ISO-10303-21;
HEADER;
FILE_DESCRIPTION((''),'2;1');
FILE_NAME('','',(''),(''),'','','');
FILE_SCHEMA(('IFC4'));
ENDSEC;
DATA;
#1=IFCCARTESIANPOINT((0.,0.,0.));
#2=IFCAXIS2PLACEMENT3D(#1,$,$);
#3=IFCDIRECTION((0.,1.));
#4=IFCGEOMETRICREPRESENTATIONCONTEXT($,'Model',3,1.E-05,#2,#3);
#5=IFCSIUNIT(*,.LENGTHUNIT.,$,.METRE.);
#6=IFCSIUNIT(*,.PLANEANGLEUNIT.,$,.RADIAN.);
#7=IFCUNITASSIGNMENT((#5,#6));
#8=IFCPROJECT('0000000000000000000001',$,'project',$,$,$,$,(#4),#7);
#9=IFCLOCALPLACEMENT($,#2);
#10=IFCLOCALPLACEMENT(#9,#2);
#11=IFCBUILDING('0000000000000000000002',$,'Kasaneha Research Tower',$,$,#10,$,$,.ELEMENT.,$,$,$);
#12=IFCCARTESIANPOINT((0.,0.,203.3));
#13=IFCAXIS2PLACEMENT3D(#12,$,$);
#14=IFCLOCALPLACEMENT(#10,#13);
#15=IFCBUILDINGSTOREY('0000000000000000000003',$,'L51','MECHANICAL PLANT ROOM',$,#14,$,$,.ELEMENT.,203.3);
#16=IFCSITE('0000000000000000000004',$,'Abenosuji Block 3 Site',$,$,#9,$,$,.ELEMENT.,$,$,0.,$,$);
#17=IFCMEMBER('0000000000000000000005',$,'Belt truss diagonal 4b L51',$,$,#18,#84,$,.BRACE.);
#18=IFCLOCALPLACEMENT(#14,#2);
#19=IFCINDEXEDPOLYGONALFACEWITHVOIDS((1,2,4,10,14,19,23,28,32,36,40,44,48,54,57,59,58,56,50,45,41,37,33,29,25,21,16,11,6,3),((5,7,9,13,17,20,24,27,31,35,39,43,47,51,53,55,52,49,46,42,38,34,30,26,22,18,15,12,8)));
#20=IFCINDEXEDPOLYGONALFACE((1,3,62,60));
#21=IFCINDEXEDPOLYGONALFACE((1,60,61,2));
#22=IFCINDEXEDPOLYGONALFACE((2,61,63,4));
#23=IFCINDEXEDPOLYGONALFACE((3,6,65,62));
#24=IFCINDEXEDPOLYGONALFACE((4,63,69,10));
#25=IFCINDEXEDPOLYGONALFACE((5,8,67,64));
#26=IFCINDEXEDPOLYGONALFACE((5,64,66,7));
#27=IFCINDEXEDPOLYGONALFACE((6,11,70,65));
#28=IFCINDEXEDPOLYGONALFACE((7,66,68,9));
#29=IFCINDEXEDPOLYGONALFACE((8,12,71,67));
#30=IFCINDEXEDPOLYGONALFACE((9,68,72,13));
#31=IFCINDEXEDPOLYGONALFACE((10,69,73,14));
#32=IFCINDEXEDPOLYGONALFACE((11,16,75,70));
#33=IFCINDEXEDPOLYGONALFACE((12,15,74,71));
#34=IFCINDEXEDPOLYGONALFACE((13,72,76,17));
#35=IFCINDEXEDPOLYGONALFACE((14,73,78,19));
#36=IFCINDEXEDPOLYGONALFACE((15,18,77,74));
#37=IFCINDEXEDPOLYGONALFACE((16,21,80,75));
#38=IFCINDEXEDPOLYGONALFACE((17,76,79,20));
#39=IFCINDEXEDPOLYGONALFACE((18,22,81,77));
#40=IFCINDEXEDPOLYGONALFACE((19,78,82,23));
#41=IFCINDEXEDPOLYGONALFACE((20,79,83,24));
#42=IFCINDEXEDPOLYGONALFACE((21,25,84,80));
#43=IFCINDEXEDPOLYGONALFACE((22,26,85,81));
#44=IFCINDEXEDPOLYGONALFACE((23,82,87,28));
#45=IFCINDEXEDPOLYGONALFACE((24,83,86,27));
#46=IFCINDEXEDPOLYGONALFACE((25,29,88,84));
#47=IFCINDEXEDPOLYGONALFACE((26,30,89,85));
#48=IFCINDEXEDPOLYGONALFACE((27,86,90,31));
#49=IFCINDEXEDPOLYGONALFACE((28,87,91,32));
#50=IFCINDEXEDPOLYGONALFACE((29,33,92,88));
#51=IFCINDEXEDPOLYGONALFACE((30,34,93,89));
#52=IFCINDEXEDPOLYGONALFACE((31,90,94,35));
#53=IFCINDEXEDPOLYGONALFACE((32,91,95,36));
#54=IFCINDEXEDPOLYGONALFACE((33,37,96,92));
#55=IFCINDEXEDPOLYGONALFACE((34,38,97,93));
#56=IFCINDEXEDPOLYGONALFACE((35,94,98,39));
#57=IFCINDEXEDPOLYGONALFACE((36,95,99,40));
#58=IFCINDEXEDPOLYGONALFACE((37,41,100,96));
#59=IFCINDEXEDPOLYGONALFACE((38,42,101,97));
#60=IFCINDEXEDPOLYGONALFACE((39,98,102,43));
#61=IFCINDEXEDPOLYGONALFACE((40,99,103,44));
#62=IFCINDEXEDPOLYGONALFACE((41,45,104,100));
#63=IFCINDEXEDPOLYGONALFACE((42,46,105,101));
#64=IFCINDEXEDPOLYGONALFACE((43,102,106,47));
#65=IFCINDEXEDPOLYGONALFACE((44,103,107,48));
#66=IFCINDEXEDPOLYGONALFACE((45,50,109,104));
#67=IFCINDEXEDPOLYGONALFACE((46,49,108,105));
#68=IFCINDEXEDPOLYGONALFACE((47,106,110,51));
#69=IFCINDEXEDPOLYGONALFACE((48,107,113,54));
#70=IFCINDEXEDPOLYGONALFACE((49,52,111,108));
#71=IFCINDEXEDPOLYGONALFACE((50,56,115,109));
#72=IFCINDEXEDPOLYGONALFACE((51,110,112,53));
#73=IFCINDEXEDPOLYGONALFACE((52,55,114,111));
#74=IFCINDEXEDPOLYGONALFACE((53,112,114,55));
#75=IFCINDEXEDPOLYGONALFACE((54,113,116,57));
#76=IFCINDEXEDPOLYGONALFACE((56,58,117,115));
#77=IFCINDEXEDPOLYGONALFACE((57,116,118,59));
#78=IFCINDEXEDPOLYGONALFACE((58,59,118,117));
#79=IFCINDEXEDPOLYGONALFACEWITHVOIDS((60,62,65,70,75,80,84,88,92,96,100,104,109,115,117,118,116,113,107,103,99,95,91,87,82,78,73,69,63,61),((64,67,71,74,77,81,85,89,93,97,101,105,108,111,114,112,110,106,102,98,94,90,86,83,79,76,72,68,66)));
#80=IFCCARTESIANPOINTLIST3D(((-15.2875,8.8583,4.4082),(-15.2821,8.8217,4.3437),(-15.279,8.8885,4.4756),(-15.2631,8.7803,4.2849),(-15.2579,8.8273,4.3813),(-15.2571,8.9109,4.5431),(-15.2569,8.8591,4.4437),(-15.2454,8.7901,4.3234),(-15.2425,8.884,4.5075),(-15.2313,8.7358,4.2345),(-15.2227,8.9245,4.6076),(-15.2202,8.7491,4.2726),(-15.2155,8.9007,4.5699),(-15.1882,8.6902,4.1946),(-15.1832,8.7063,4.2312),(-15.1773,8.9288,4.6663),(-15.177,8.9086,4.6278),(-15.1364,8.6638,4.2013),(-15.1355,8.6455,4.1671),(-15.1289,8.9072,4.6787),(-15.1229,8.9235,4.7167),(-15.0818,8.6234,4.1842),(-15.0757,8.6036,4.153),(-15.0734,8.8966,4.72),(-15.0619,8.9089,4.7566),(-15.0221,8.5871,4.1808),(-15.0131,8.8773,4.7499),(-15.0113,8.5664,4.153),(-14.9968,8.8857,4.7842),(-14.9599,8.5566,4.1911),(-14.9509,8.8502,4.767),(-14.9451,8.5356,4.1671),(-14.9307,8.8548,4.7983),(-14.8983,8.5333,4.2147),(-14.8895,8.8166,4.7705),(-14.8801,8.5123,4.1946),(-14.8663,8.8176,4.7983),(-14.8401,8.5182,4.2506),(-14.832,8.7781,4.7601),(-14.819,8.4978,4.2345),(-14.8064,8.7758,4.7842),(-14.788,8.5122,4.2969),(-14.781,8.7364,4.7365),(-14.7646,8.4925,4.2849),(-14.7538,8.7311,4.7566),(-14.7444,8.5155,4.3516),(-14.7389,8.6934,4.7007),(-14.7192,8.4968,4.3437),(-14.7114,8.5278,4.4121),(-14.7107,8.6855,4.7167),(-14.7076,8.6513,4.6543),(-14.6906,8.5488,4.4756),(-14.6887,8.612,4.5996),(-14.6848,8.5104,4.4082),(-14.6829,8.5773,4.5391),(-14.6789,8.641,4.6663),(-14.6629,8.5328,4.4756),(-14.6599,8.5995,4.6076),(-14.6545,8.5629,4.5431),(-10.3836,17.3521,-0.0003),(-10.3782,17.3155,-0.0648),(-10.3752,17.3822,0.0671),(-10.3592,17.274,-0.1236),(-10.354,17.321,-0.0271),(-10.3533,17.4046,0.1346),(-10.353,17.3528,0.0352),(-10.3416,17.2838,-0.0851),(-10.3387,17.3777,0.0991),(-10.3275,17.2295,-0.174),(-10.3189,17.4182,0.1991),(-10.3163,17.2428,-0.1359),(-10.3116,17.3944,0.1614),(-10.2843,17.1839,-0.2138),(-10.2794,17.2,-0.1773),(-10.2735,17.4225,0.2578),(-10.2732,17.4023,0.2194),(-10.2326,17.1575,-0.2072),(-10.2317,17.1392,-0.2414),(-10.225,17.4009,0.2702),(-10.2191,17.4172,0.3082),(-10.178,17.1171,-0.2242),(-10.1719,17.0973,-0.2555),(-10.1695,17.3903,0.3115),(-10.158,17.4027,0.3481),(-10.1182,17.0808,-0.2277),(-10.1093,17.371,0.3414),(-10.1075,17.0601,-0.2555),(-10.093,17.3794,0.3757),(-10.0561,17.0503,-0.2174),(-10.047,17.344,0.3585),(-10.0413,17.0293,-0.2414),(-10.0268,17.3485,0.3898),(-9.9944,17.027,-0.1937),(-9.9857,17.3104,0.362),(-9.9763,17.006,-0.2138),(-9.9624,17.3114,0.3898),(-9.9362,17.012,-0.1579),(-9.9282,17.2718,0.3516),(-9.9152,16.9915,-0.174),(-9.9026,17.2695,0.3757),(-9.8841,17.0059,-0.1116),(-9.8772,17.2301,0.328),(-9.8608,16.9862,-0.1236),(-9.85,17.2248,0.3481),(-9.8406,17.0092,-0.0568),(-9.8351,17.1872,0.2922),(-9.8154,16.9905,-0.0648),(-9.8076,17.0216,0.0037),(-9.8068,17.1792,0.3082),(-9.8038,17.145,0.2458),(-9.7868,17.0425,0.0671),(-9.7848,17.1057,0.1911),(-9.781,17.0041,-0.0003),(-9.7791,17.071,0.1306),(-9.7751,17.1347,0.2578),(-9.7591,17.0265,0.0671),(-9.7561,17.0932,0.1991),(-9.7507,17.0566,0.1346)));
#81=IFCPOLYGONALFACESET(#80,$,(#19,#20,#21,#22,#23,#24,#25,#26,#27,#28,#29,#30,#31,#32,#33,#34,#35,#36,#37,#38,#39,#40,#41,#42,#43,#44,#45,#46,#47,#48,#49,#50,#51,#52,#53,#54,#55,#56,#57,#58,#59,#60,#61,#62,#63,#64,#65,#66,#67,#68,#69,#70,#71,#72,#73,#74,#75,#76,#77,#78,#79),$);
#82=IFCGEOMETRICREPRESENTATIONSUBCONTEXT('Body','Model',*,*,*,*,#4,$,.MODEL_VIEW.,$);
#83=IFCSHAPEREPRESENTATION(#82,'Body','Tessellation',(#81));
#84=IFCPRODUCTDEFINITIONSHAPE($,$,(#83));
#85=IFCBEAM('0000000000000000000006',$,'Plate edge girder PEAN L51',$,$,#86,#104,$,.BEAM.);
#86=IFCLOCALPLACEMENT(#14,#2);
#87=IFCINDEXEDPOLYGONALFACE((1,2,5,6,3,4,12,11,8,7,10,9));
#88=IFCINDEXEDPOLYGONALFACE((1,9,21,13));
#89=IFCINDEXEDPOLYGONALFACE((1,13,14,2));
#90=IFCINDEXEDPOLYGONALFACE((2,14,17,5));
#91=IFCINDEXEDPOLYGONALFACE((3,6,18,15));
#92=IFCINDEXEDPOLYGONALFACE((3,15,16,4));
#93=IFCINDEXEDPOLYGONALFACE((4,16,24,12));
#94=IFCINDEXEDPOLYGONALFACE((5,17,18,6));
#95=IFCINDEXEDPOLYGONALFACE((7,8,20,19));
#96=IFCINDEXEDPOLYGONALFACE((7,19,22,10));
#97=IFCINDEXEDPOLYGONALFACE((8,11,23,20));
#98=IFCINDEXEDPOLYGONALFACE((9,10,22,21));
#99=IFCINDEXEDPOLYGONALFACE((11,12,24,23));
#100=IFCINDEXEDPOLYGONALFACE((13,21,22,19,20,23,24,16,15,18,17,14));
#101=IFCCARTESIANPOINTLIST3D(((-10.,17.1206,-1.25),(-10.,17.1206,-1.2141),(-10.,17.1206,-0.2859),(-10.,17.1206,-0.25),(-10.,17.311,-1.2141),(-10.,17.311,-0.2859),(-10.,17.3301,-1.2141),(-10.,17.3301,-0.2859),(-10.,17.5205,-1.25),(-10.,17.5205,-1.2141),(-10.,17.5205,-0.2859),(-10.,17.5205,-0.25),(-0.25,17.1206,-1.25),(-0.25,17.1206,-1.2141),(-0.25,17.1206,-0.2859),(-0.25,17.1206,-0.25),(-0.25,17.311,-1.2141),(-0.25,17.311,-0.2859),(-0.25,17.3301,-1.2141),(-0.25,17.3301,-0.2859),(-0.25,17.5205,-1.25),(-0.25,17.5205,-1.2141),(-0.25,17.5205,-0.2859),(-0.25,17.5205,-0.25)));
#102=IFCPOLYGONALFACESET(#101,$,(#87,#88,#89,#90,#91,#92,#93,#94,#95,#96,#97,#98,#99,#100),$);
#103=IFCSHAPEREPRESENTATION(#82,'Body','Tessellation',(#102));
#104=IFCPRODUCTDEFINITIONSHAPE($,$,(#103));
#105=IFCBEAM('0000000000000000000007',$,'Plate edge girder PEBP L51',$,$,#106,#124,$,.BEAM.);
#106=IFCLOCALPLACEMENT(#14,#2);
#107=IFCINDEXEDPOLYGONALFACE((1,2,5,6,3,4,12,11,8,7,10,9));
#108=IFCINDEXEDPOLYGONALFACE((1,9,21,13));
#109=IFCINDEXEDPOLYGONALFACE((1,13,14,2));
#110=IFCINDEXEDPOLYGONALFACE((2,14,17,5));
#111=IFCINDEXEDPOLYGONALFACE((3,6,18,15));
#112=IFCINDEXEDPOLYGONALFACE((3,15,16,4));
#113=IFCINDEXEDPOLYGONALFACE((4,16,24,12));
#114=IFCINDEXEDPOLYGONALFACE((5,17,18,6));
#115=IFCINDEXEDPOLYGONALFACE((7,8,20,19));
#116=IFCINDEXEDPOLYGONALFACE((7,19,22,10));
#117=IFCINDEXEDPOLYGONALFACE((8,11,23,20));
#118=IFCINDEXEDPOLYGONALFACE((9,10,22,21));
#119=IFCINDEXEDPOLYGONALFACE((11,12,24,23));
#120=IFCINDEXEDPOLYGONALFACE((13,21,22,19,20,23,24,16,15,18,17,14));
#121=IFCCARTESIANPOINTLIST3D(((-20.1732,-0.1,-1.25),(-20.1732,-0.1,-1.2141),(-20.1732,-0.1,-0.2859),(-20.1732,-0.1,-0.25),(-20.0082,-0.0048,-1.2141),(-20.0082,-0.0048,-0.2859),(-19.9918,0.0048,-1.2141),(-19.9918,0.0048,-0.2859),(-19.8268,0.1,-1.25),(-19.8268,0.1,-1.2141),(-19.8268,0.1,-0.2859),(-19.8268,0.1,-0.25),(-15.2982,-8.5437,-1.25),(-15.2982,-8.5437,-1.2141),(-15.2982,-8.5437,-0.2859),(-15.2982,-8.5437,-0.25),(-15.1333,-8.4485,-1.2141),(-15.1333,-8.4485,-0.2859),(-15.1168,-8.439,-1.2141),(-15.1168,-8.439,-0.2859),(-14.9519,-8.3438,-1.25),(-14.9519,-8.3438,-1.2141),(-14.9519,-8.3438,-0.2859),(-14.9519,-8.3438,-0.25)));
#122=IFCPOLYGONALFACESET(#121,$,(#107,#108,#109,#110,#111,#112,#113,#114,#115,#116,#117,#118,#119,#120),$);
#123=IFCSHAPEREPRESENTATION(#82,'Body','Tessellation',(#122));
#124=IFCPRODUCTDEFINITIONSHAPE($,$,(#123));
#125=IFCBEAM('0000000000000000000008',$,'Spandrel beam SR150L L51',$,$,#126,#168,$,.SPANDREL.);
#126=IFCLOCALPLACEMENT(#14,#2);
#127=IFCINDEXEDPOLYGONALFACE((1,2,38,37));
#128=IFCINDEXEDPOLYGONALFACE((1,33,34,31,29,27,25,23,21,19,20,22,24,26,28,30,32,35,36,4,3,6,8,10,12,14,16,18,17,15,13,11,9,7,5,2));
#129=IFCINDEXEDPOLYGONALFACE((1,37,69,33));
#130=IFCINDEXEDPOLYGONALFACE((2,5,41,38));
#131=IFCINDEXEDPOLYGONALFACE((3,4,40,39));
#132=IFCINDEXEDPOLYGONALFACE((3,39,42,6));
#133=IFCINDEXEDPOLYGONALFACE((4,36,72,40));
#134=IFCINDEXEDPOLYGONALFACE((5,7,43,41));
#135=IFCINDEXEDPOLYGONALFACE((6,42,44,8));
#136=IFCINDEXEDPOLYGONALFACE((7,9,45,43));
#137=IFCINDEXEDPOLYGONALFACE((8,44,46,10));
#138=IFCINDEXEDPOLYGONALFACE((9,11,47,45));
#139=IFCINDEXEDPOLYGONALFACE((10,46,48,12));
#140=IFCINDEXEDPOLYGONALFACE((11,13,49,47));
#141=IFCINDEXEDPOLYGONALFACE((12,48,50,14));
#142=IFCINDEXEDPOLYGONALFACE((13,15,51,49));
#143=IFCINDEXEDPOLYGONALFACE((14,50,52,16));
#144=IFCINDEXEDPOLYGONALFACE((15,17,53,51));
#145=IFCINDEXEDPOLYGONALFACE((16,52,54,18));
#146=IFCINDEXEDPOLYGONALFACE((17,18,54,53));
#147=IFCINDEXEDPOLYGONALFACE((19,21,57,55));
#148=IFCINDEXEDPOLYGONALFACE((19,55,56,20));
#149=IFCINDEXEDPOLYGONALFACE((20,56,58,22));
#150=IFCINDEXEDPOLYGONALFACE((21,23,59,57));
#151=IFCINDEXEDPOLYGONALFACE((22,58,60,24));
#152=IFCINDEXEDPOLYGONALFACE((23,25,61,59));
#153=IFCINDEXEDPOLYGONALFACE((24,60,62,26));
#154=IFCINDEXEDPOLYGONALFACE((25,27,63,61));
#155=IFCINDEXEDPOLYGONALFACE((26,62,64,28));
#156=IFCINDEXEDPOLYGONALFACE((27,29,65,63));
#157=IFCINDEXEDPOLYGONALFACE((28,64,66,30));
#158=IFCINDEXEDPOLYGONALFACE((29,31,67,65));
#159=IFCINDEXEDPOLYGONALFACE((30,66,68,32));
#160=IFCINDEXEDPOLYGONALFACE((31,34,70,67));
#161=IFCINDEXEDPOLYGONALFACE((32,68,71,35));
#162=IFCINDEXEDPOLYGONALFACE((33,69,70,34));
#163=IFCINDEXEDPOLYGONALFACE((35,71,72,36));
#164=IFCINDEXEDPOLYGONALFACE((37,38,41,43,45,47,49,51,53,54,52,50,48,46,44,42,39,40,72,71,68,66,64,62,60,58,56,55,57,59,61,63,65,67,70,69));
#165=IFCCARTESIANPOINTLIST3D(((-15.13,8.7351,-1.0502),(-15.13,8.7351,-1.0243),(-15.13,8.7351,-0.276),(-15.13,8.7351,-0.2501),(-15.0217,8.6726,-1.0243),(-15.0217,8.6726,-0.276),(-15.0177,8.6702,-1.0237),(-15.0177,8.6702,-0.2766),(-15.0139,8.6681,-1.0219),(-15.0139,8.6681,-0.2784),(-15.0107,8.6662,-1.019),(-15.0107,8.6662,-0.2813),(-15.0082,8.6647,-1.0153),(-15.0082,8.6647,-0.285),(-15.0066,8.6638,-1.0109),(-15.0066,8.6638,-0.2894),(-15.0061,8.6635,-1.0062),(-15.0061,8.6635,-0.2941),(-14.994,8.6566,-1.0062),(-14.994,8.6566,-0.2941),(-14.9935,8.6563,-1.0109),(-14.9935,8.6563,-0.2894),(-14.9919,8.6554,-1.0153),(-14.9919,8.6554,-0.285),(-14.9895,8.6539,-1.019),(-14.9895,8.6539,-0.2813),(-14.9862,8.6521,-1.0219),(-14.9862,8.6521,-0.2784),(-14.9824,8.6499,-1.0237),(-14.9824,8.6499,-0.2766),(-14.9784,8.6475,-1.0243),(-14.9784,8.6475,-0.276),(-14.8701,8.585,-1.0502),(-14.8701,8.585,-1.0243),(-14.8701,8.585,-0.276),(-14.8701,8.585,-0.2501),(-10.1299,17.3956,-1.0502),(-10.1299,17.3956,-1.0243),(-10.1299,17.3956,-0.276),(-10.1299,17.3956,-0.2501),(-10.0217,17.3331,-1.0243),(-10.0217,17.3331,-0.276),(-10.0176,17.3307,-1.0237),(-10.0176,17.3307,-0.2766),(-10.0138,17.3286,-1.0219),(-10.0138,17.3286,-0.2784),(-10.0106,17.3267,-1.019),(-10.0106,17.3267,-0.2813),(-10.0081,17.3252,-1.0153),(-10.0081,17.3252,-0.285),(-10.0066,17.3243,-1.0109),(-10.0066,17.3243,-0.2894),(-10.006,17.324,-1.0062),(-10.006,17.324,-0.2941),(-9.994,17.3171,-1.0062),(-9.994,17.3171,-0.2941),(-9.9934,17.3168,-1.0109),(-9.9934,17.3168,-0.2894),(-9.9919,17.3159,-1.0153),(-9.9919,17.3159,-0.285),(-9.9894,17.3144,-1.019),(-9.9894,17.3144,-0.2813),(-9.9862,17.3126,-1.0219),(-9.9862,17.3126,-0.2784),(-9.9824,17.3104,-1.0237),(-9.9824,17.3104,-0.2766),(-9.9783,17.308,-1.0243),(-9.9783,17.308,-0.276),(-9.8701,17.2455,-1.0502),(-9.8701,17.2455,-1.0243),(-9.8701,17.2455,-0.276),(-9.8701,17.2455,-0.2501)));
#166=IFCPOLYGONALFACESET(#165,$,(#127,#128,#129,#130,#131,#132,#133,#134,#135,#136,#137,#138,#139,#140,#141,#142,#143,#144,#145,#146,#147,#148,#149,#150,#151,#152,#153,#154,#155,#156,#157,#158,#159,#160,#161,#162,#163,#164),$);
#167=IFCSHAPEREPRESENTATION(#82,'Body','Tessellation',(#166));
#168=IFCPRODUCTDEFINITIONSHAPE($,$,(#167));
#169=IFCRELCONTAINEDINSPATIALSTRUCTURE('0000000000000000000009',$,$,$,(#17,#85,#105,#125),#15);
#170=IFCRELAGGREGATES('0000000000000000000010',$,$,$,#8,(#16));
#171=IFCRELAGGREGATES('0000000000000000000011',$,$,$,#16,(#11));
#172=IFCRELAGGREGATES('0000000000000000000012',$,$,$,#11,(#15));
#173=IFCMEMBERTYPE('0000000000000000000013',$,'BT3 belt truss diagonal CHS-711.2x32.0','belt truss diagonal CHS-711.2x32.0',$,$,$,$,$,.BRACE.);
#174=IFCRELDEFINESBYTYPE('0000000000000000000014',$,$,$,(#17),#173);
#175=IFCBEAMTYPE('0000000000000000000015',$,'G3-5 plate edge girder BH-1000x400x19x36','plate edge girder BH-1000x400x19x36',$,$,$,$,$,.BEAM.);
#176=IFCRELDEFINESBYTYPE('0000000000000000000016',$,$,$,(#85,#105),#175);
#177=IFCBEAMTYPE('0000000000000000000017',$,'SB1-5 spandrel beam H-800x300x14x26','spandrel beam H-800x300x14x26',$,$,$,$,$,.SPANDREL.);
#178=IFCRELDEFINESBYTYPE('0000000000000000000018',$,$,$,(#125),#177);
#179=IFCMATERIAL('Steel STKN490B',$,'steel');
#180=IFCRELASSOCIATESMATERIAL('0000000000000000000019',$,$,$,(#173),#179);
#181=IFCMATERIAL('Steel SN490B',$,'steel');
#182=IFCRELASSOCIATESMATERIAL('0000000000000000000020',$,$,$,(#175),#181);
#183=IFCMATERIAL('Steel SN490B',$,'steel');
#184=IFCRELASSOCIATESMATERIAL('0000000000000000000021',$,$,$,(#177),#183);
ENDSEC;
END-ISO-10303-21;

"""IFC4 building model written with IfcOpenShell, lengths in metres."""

from ifc_helpers import new_model, si_unit, direction, frame, origin, origin_2d, place, context, subcontext, project, spatial, hollow_circle, i_section, extrude, material, material_profile, profile_set, type_object, element, save


model = new_model("IFC4")

# Units and contexts
model_context = context("Model", 3, precision=1e-05, world=origin(), true_north=direction((0.0, 1.0)))
body_context = subcontext(model_context, "Body", "Model", "MODEL_VIEW")
ifc_project = project(units=[si_unit("LENGTHUNIT", "METRE"), si_unit("PLANEANGLEUNIT", "RADIAN")], contexts=[model_context])

# Site, building, storey
site_placement = place(None, origin())
site = spatial("IfcSite", under=ifc_project, at=site_placement, Name="Abenosuji Block 3 Site", CompositionType="ELEMENT", RefElevation=0.0)
building_placement = place(site_placement, origin())
building = spatial("IfcBuilding", under=site, at=building_placement, Name="Kasaneha Research Tower", CompositionType="ELEMENT")
storey_placement = place(building_placement, frame((0.0, 0.0, 203.3)))
storey = spatial("IfcBuildingStorey", under=building, at=storey_placement, Name="L51", Description="MECHANICAL PLANT ROOM", CompositionType="ELEMENT", Elevation=203.3)

# Member
ifc_material_1 = material(Name="Steel STKN490B", Category="steel")
ifc_material_profile_1 = material_profile(ifc_material_1, hollow_circle(Radius=0.3557, WallThickness=0.032, at=origin_2d()), Name="CHS-711.2x32.0")
ifc_profile_set_1 = profile_set([ifc_material_profile_1], Name="Steel STKN490B")
member_type = type_object("IfcMemberType", Name="BT3 belt truss diagonal CHS-711.2x32.0", Description="belt truss diagonal CHS-711.2x32.0", PredefinedType="BRACE", material=ifc_profile_set_1)
for number, where, z_axis, x_axis, name in (
    (1, (-10.0671, 17.2043, 0.0671), (-0.456047, -0.789897, 0.409979), (0.866026, -0.5, 0.0), "Belt truss diagonal 4b L51"),
):
    element("IfcMember", number, at=place(storey_placement, frame(where, z_axis=z_axis, x_axis=x_axis)), inside=storey, type_object=member_type, Name=name, PredefinedType="BRACE", context=body_context, shape_type="SweptSolid", body=[
        extrude(hollow_circle(Radius=0.3557, WallThickness=0.032, at=origin_2d()), origin(), (0.0, 0.0, 1.0), 10.7529),
    ])

# Beams
ifc_material_2 = material(Name="Steel SN490B", Category="steel")
ifc_material_profile_2 = material_profile(ifc_material_2, i_section(OverallWidth=0.3999, OverallDepth=1.0, WebThickness=0.019, FlangeThickness=0.0359, at=origin_2d()), Name="BH-1000x400x19x36")
ifc_profile_set_2 = profile_set([ifc_material_profile_2], Name="Steel SN490B")
beam_type_1 = type_object("IfcBeamType", Name="G3-5 plate edge girder BH-1000x400x19x36", Description="plate edge girder BH-1000x400x19x36", PredefinedType="BEAM", material=ifc_profile_set_2)
for number, where, z_axis, x_axis, name in (
    (2, (-10.0, 17.3206, -0.75), (1.0, 0.0, 0.0), (0.0, 1.0, 0.0), "Plate edge girder PEAN L51"),
    (3, (-20.0, 0.0, -0.75), (0.499996, -0.866028, 0.0), (0.866028, 0.499996, 0.0), "Plate edge girder PEBP L51"),
):
    element("IfcBeam", number, at=place(storey_placement, frame(where, z_axis=z_axis, x_axis=x_axis)), inside=storey, type_object=beam_type_1, Name=name, PredefinedType="BEAM", context=body_context, shape_type="SweptSolid", body=[
        extrude(i_section(OverallWidth=0.3999, OverallDepth=1.0, WebThickness=0.019, FlangeThickness=0.0359, at=origin_2d()), origin(), (0.0, 0.0, 1.0), 9.75),
    ])
ifc_material_3 = material(Name="Steel SN490B", Category="steel")
ifc_material_profile_3 = material_profile(ifc_material_3, i_section(OverallWidth=0.3, OverallDepth=0.8, WebThickness=0.0139, FlangeThickness=0.0259, FilletRadius=0.0181, at=origin_2d()), Name="H-800x300x14x26")
ifc_profile_set_3 = profile_set([ifc_material_profile_3], Name="Steel SN490B")
beam_type_2 = type_object("IfcBeamType", Name="SB1-5 spandrel beam H-800x300x14x26", Description="spandrel beam H-800x300x14x26", PredefinedType="SPANDREL", material=ifc_profile_set_3)
beam_1_placement = place(storey_placement, frame((-10.0, 17.3206, -0.6501), z_axis=(-0.499994, -0.866029, 0.0), x_axis=(0.866029, -0.499994, 0.0)))
element("IfcBeam", 4, at=beam_1_placement, inside=storey, type_object=beam_type_2, Name="Spandrel beam SR150L L51", PredefinedType="SPANDREL", context=body_context, shape_type="SweptSolid", body=[
    extrude(i_section(OverallWidth=0.3, OverallDepth=0.8, WebThickness=0.0139, FlangeThickness=0.0259, FilletRadius=0.0181, at=origin_2d()), origin(), (0.0, 0.0, 1.0), 10.0002),
])

save(model, "model.ifc")
